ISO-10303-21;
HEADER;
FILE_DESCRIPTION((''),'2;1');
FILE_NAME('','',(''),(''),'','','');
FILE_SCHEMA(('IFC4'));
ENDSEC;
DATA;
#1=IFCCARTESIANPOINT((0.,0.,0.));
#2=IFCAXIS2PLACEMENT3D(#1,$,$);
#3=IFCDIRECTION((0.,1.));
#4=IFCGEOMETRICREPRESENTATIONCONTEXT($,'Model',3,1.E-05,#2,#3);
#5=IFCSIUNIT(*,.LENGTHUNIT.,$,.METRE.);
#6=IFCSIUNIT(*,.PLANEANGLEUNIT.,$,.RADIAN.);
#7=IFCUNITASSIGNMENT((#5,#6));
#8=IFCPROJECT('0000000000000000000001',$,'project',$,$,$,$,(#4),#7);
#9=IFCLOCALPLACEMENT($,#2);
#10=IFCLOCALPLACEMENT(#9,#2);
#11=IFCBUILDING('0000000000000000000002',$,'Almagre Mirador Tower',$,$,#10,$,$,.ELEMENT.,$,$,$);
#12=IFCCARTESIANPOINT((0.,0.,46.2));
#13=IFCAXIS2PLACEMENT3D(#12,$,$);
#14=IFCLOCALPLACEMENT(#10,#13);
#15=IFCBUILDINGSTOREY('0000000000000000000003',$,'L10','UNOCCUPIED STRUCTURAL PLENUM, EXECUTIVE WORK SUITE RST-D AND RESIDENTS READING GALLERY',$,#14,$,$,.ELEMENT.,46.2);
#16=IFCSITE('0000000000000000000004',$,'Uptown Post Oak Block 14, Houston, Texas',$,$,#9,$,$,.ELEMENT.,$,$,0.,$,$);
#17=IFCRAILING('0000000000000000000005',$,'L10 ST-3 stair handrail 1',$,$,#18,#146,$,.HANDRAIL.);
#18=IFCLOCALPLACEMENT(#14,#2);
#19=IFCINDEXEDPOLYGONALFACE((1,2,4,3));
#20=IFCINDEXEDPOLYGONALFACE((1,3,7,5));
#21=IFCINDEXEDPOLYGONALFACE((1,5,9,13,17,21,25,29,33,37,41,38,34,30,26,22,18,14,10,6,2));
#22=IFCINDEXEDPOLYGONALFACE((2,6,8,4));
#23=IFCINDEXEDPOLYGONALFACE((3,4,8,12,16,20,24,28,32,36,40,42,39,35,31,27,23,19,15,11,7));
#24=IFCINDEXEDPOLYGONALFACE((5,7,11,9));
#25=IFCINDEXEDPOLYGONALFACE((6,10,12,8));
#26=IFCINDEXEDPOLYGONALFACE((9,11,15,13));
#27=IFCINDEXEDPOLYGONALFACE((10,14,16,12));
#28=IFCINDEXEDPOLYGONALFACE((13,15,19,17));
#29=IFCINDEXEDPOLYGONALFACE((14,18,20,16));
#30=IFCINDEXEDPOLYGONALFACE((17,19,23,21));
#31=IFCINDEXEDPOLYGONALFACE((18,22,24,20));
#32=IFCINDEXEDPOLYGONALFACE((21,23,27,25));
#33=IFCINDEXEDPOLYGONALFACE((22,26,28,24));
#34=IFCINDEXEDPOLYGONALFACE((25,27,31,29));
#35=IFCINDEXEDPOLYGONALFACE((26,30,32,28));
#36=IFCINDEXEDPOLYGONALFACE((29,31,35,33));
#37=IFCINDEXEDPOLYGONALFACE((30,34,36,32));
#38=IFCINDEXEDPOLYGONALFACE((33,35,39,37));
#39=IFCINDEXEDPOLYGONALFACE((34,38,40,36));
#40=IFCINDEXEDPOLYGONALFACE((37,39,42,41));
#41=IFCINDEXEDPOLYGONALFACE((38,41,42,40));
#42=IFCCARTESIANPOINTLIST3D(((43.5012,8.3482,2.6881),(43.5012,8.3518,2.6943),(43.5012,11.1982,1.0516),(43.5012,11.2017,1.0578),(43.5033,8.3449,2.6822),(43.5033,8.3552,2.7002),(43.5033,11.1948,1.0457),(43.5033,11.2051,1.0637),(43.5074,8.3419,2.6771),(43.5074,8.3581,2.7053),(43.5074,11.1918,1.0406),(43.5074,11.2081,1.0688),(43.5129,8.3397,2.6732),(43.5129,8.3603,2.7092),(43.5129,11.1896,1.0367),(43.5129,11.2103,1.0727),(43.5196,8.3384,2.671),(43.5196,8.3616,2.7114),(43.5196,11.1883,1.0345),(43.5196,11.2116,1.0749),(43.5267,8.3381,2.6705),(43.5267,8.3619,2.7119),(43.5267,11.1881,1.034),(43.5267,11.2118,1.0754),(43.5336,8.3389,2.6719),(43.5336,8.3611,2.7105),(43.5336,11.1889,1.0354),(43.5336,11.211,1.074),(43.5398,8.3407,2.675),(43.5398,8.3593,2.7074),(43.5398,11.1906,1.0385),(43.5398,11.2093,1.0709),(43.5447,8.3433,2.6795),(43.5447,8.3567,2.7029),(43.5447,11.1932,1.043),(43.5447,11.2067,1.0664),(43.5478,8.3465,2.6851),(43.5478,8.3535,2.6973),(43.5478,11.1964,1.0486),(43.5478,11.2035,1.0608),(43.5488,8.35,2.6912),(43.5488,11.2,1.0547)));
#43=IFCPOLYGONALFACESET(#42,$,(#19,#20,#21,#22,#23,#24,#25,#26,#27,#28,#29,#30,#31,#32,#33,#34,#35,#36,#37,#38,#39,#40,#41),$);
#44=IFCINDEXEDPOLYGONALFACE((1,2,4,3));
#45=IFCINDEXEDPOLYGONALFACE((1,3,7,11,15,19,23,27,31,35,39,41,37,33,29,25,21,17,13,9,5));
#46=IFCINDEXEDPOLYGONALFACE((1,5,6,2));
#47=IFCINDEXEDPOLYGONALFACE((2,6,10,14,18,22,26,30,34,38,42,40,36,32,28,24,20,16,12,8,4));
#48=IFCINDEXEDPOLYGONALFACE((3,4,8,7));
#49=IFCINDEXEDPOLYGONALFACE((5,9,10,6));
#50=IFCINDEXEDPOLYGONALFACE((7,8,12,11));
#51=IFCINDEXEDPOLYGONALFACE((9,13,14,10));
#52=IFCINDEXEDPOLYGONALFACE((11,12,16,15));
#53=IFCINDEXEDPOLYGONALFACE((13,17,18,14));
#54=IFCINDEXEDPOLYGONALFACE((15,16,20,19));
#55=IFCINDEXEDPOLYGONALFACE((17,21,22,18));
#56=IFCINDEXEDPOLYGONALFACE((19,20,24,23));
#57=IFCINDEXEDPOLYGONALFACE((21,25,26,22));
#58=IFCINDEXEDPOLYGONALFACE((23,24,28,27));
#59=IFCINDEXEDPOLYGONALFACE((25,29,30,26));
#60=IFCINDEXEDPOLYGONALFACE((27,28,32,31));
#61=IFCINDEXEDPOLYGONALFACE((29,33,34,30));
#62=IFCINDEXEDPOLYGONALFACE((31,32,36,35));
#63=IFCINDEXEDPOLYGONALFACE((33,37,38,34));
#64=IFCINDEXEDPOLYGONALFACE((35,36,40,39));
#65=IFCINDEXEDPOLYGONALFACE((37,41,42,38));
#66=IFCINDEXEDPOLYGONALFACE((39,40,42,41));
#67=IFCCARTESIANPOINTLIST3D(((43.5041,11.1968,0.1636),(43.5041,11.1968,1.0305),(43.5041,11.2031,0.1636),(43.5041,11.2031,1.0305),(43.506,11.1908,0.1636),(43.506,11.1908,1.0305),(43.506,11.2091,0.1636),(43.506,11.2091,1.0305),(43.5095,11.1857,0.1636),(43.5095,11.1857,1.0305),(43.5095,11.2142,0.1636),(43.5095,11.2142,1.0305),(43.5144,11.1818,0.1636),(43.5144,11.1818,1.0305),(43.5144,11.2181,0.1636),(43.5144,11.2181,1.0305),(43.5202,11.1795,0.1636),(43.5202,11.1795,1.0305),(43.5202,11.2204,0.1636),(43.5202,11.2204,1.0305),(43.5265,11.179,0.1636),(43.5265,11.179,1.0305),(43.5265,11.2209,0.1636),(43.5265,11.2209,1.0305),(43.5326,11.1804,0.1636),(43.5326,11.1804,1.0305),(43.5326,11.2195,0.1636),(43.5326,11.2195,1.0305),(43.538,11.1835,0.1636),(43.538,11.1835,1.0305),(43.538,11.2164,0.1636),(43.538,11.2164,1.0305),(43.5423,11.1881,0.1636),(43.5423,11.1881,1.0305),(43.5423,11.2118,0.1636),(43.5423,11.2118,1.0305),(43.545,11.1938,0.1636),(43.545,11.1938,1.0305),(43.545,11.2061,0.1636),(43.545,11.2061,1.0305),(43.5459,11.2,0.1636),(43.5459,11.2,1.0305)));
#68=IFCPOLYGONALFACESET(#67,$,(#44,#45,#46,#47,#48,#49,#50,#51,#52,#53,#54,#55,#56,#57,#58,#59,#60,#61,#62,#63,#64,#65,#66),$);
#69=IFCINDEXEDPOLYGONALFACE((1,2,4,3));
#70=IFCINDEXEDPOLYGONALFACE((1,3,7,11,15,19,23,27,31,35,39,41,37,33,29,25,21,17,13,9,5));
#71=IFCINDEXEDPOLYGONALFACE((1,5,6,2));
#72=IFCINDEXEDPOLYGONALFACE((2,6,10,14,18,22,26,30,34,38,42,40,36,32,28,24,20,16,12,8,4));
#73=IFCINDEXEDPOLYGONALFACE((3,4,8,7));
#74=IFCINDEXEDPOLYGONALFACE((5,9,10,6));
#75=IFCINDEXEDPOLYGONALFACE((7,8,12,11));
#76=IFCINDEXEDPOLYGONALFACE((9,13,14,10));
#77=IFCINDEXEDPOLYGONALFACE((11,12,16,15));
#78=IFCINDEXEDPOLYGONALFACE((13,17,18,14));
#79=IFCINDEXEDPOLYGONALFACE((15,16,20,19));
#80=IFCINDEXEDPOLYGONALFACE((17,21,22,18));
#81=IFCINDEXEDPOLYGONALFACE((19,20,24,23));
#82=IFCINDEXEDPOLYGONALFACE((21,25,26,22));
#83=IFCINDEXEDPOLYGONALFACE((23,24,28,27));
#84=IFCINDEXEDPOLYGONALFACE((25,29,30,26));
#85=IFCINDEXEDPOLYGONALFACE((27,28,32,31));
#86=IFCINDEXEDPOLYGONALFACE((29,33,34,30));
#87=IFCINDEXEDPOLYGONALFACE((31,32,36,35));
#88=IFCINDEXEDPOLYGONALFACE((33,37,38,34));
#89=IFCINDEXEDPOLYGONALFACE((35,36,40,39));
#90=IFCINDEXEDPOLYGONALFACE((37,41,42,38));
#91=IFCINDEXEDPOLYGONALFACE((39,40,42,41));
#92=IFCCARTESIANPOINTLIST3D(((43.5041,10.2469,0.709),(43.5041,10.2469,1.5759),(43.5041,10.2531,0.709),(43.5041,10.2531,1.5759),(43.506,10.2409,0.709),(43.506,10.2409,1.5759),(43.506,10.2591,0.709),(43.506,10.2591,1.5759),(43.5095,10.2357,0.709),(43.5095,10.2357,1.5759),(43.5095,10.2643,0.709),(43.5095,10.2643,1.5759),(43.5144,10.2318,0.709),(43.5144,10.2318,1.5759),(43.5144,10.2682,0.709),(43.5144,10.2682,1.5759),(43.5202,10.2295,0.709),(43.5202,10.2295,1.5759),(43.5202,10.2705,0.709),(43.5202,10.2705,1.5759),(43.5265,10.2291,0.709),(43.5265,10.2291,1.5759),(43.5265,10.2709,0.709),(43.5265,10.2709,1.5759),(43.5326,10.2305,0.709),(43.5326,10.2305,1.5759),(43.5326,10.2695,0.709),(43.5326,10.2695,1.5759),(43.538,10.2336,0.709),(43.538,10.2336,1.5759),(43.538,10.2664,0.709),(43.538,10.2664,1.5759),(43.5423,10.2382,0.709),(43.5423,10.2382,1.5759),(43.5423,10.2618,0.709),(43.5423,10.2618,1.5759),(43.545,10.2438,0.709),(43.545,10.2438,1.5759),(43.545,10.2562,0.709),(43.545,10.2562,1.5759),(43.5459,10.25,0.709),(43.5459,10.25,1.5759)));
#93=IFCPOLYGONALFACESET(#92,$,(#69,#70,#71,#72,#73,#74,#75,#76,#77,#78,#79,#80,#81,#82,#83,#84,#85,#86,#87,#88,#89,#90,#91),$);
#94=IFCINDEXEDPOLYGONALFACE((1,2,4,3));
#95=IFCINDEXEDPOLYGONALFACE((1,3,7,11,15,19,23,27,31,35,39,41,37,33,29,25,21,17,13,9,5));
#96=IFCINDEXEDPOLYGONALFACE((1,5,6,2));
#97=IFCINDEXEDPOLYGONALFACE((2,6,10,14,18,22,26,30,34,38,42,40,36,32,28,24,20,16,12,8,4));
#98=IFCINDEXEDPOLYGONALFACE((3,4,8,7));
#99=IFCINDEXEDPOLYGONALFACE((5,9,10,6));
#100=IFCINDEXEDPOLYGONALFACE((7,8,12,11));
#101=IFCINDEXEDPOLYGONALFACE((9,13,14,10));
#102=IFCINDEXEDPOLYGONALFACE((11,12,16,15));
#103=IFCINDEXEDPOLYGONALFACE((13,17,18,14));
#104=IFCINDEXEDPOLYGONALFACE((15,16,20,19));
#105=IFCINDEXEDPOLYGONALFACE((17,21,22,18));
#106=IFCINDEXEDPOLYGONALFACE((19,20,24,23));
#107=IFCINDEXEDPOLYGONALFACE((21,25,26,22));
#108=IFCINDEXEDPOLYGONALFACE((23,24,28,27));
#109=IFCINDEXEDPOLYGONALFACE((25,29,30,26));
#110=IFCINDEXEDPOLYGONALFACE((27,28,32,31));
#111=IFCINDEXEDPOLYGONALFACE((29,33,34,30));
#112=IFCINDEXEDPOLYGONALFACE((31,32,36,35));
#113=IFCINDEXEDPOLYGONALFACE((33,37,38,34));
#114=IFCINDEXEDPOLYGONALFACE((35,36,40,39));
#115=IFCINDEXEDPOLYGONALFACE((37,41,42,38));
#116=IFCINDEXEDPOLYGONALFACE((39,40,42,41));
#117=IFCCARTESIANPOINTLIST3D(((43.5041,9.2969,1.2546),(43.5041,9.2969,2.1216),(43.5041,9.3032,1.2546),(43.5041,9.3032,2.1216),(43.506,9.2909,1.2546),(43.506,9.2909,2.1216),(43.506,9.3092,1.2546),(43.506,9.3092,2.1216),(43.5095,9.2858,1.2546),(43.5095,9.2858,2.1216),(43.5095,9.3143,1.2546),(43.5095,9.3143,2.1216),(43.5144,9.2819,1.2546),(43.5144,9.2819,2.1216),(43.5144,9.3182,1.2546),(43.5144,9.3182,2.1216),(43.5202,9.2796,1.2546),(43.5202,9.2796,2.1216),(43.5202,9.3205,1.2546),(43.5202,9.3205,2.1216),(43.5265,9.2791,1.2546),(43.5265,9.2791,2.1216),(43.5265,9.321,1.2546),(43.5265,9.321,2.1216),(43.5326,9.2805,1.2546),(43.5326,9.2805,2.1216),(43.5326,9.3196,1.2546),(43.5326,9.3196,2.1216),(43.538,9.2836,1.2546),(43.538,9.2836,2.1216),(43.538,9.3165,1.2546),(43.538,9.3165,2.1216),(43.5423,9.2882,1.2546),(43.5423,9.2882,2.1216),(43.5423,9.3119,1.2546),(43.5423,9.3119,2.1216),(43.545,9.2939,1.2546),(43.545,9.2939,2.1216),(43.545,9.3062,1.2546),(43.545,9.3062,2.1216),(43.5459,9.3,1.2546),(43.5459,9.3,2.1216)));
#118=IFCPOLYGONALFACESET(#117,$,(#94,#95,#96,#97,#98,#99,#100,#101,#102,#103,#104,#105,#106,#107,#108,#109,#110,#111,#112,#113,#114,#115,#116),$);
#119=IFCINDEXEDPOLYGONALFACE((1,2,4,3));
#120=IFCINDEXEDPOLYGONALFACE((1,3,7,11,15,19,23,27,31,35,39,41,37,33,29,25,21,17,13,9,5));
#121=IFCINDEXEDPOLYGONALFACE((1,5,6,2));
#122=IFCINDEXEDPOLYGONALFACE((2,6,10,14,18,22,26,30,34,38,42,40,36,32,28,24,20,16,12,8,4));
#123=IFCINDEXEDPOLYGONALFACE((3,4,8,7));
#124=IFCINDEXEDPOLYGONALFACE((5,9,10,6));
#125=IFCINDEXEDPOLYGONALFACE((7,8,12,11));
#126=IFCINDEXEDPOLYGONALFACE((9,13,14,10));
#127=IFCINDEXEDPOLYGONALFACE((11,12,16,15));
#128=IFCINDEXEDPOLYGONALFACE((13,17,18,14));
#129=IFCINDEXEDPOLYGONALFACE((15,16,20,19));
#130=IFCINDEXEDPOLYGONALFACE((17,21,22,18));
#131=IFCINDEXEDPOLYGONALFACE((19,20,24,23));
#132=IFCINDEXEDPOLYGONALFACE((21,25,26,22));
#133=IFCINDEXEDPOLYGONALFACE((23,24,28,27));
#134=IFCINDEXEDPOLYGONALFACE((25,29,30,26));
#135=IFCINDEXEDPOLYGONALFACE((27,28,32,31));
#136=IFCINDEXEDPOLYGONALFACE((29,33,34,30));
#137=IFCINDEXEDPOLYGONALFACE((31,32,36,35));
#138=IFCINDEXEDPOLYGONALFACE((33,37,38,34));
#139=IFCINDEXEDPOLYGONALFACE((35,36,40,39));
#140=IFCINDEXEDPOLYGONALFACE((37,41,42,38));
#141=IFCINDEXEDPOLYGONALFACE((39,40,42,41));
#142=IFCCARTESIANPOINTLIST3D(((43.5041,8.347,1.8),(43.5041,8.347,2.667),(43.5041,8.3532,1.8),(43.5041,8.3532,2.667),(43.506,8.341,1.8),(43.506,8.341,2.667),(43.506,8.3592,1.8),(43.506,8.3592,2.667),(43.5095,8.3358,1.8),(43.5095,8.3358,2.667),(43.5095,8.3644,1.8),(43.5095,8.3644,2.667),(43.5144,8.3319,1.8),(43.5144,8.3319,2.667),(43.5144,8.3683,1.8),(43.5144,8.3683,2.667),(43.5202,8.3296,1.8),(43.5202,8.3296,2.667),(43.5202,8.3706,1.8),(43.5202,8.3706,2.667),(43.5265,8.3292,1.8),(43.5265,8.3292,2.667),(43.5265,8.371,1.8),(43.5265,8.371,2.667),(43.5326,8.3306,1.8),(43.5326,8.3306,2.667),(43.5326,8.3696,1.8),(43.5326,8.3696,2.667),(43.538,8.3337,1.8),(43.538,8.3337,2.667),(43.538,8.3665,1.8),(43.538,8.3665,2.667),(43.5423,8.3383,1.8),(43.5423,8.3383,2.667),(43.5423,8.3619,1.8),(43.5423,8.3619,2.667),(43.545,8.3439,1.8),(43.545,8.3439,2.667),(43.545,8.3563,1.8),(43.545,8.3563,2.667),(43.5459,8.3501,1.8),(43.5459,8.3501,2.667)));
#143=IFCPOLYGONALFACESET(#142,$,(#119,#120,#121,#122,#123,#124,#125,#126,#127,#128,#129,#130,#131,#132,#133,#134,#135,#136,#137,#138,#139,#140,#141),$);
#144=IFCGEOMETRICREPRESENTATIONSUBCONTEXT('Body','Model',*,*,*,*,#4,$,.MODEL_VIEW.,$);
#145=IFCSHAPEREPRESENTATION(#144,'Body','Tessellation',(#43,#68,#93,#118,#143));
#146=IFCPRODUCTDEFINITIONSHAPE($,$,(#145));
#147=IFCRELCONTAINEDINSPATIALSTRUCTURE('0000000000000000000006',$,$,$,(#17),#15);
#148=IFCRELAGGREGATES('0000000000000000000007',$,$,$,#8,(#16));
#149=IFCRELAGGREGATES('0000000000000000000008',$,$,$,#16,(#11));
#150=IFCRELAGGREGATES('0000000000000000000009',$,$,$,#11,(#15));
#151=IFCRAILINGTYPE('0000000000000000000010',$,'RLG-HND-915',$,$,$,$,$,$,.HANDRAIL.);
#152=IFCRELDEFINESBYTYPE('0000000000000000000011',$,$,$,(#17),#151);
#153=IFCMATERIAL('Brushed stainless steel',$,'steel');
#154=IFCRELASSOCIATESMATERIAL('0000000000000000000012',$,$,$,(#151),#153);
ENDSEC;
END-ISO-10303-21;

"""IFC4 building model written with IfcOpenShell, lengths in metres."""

from ifc_helpers import new_model, si_unit, direction, frame, origin, origin_2d, place, context, subcontext, project, spatial, circle, extrude, material, type_object, element, save


model = new_model("IFC4")

# Units and contexts
model_context = context("Model", 3, precision=1e-05, world=origin(), true_north=direction((0.0, 1.0)))
body_context = subcontext(model_context, "Body", "Model", "MODEL_VIEW")
ifc_project = project(units=[si_unit("LENGTHUNIT", "METRE"), si_unit("PLANEANGLEUNIT", "RADIAN")], contexts=[model_context])

# Site, building, storey
site_placement = place(None, origin())
site = spatial("IfcSite", under=ifc_project, at=site_placement, Name="Uptown Post Oak Block 14, Houston, Texas", CompositionType="ELEMENT", RefElevation=0.0)
building_placement = place(site_placement, origin())
building = spatial("IfcBuilding", under=site, at=building_placement, Name="Almagre Mirador Tower", CompositionType="ELEMENT")
storey_placement = place(building_placement, frame((0.0, 0.0, 46.2)))
storey = spatial("IfcBuildingStorey", under=building, at=storey_placement, Name="L10", Description="UNOCCUPIED STRUCTURAL PLENUM, EXECUTIVE WORK SUITE RST-D AND RESIDENTS READING GALLERY", CompositionType="ELEMENT", Elevation=46.2)

# Railing
ifc_material_1 = material(Name="Brushed stainless steel", Category="steel")
railing_type_1 = type_object("IfcRailingType", Name="RLG-HND-915", PredefinedType="HANDRAIL", material=ifc_material_1)
railing_1_placement = place(storey_placement, frame((43.5249, 11.2, 0.1636)))
element("IfcRailing", 1, at=railing_1_placement, inside=storey, type_object=railing_type_1, Name="L10 ST-3 stair handrail 1", PredefinedType="HANDRAIL", context=body_context, shape_type="SweptSolid", body=[
    extrude(circle(Radius=0.0239, at=origin_2d()), frame((0.0, 0.0, 0.8911), z_axis=(0.0, -0.867194, 0.49797), x_axis=(1.0, 0.0, 0.0)), (0.0, 0.0, 1.0), 3.2864),
    extrude(circle(Radius=0.021, at=origin_2d()), origin(), (0.0, 0.0, 1.0), 0.8669),
    extrude(circle(Radius=0.021, at=origin_2d()), frame((0.0, -0.95, 0.5454)), (0.0, 0.0, 1.0), 0.8669),
    extrude(circle(Radius=0.021, at=origin_2d()), frame((0.0, -1.8999, 1.0911)), (0.0, 0.0, 1.0), 0.8669),
    extrude(circle(Radius=0.021, at=origin_2d()), frame((0.0, -2.8499, 1.6365)), (0.0, 0.0, 1.0), 0.8669),
])

save(model, "model.ifc")
